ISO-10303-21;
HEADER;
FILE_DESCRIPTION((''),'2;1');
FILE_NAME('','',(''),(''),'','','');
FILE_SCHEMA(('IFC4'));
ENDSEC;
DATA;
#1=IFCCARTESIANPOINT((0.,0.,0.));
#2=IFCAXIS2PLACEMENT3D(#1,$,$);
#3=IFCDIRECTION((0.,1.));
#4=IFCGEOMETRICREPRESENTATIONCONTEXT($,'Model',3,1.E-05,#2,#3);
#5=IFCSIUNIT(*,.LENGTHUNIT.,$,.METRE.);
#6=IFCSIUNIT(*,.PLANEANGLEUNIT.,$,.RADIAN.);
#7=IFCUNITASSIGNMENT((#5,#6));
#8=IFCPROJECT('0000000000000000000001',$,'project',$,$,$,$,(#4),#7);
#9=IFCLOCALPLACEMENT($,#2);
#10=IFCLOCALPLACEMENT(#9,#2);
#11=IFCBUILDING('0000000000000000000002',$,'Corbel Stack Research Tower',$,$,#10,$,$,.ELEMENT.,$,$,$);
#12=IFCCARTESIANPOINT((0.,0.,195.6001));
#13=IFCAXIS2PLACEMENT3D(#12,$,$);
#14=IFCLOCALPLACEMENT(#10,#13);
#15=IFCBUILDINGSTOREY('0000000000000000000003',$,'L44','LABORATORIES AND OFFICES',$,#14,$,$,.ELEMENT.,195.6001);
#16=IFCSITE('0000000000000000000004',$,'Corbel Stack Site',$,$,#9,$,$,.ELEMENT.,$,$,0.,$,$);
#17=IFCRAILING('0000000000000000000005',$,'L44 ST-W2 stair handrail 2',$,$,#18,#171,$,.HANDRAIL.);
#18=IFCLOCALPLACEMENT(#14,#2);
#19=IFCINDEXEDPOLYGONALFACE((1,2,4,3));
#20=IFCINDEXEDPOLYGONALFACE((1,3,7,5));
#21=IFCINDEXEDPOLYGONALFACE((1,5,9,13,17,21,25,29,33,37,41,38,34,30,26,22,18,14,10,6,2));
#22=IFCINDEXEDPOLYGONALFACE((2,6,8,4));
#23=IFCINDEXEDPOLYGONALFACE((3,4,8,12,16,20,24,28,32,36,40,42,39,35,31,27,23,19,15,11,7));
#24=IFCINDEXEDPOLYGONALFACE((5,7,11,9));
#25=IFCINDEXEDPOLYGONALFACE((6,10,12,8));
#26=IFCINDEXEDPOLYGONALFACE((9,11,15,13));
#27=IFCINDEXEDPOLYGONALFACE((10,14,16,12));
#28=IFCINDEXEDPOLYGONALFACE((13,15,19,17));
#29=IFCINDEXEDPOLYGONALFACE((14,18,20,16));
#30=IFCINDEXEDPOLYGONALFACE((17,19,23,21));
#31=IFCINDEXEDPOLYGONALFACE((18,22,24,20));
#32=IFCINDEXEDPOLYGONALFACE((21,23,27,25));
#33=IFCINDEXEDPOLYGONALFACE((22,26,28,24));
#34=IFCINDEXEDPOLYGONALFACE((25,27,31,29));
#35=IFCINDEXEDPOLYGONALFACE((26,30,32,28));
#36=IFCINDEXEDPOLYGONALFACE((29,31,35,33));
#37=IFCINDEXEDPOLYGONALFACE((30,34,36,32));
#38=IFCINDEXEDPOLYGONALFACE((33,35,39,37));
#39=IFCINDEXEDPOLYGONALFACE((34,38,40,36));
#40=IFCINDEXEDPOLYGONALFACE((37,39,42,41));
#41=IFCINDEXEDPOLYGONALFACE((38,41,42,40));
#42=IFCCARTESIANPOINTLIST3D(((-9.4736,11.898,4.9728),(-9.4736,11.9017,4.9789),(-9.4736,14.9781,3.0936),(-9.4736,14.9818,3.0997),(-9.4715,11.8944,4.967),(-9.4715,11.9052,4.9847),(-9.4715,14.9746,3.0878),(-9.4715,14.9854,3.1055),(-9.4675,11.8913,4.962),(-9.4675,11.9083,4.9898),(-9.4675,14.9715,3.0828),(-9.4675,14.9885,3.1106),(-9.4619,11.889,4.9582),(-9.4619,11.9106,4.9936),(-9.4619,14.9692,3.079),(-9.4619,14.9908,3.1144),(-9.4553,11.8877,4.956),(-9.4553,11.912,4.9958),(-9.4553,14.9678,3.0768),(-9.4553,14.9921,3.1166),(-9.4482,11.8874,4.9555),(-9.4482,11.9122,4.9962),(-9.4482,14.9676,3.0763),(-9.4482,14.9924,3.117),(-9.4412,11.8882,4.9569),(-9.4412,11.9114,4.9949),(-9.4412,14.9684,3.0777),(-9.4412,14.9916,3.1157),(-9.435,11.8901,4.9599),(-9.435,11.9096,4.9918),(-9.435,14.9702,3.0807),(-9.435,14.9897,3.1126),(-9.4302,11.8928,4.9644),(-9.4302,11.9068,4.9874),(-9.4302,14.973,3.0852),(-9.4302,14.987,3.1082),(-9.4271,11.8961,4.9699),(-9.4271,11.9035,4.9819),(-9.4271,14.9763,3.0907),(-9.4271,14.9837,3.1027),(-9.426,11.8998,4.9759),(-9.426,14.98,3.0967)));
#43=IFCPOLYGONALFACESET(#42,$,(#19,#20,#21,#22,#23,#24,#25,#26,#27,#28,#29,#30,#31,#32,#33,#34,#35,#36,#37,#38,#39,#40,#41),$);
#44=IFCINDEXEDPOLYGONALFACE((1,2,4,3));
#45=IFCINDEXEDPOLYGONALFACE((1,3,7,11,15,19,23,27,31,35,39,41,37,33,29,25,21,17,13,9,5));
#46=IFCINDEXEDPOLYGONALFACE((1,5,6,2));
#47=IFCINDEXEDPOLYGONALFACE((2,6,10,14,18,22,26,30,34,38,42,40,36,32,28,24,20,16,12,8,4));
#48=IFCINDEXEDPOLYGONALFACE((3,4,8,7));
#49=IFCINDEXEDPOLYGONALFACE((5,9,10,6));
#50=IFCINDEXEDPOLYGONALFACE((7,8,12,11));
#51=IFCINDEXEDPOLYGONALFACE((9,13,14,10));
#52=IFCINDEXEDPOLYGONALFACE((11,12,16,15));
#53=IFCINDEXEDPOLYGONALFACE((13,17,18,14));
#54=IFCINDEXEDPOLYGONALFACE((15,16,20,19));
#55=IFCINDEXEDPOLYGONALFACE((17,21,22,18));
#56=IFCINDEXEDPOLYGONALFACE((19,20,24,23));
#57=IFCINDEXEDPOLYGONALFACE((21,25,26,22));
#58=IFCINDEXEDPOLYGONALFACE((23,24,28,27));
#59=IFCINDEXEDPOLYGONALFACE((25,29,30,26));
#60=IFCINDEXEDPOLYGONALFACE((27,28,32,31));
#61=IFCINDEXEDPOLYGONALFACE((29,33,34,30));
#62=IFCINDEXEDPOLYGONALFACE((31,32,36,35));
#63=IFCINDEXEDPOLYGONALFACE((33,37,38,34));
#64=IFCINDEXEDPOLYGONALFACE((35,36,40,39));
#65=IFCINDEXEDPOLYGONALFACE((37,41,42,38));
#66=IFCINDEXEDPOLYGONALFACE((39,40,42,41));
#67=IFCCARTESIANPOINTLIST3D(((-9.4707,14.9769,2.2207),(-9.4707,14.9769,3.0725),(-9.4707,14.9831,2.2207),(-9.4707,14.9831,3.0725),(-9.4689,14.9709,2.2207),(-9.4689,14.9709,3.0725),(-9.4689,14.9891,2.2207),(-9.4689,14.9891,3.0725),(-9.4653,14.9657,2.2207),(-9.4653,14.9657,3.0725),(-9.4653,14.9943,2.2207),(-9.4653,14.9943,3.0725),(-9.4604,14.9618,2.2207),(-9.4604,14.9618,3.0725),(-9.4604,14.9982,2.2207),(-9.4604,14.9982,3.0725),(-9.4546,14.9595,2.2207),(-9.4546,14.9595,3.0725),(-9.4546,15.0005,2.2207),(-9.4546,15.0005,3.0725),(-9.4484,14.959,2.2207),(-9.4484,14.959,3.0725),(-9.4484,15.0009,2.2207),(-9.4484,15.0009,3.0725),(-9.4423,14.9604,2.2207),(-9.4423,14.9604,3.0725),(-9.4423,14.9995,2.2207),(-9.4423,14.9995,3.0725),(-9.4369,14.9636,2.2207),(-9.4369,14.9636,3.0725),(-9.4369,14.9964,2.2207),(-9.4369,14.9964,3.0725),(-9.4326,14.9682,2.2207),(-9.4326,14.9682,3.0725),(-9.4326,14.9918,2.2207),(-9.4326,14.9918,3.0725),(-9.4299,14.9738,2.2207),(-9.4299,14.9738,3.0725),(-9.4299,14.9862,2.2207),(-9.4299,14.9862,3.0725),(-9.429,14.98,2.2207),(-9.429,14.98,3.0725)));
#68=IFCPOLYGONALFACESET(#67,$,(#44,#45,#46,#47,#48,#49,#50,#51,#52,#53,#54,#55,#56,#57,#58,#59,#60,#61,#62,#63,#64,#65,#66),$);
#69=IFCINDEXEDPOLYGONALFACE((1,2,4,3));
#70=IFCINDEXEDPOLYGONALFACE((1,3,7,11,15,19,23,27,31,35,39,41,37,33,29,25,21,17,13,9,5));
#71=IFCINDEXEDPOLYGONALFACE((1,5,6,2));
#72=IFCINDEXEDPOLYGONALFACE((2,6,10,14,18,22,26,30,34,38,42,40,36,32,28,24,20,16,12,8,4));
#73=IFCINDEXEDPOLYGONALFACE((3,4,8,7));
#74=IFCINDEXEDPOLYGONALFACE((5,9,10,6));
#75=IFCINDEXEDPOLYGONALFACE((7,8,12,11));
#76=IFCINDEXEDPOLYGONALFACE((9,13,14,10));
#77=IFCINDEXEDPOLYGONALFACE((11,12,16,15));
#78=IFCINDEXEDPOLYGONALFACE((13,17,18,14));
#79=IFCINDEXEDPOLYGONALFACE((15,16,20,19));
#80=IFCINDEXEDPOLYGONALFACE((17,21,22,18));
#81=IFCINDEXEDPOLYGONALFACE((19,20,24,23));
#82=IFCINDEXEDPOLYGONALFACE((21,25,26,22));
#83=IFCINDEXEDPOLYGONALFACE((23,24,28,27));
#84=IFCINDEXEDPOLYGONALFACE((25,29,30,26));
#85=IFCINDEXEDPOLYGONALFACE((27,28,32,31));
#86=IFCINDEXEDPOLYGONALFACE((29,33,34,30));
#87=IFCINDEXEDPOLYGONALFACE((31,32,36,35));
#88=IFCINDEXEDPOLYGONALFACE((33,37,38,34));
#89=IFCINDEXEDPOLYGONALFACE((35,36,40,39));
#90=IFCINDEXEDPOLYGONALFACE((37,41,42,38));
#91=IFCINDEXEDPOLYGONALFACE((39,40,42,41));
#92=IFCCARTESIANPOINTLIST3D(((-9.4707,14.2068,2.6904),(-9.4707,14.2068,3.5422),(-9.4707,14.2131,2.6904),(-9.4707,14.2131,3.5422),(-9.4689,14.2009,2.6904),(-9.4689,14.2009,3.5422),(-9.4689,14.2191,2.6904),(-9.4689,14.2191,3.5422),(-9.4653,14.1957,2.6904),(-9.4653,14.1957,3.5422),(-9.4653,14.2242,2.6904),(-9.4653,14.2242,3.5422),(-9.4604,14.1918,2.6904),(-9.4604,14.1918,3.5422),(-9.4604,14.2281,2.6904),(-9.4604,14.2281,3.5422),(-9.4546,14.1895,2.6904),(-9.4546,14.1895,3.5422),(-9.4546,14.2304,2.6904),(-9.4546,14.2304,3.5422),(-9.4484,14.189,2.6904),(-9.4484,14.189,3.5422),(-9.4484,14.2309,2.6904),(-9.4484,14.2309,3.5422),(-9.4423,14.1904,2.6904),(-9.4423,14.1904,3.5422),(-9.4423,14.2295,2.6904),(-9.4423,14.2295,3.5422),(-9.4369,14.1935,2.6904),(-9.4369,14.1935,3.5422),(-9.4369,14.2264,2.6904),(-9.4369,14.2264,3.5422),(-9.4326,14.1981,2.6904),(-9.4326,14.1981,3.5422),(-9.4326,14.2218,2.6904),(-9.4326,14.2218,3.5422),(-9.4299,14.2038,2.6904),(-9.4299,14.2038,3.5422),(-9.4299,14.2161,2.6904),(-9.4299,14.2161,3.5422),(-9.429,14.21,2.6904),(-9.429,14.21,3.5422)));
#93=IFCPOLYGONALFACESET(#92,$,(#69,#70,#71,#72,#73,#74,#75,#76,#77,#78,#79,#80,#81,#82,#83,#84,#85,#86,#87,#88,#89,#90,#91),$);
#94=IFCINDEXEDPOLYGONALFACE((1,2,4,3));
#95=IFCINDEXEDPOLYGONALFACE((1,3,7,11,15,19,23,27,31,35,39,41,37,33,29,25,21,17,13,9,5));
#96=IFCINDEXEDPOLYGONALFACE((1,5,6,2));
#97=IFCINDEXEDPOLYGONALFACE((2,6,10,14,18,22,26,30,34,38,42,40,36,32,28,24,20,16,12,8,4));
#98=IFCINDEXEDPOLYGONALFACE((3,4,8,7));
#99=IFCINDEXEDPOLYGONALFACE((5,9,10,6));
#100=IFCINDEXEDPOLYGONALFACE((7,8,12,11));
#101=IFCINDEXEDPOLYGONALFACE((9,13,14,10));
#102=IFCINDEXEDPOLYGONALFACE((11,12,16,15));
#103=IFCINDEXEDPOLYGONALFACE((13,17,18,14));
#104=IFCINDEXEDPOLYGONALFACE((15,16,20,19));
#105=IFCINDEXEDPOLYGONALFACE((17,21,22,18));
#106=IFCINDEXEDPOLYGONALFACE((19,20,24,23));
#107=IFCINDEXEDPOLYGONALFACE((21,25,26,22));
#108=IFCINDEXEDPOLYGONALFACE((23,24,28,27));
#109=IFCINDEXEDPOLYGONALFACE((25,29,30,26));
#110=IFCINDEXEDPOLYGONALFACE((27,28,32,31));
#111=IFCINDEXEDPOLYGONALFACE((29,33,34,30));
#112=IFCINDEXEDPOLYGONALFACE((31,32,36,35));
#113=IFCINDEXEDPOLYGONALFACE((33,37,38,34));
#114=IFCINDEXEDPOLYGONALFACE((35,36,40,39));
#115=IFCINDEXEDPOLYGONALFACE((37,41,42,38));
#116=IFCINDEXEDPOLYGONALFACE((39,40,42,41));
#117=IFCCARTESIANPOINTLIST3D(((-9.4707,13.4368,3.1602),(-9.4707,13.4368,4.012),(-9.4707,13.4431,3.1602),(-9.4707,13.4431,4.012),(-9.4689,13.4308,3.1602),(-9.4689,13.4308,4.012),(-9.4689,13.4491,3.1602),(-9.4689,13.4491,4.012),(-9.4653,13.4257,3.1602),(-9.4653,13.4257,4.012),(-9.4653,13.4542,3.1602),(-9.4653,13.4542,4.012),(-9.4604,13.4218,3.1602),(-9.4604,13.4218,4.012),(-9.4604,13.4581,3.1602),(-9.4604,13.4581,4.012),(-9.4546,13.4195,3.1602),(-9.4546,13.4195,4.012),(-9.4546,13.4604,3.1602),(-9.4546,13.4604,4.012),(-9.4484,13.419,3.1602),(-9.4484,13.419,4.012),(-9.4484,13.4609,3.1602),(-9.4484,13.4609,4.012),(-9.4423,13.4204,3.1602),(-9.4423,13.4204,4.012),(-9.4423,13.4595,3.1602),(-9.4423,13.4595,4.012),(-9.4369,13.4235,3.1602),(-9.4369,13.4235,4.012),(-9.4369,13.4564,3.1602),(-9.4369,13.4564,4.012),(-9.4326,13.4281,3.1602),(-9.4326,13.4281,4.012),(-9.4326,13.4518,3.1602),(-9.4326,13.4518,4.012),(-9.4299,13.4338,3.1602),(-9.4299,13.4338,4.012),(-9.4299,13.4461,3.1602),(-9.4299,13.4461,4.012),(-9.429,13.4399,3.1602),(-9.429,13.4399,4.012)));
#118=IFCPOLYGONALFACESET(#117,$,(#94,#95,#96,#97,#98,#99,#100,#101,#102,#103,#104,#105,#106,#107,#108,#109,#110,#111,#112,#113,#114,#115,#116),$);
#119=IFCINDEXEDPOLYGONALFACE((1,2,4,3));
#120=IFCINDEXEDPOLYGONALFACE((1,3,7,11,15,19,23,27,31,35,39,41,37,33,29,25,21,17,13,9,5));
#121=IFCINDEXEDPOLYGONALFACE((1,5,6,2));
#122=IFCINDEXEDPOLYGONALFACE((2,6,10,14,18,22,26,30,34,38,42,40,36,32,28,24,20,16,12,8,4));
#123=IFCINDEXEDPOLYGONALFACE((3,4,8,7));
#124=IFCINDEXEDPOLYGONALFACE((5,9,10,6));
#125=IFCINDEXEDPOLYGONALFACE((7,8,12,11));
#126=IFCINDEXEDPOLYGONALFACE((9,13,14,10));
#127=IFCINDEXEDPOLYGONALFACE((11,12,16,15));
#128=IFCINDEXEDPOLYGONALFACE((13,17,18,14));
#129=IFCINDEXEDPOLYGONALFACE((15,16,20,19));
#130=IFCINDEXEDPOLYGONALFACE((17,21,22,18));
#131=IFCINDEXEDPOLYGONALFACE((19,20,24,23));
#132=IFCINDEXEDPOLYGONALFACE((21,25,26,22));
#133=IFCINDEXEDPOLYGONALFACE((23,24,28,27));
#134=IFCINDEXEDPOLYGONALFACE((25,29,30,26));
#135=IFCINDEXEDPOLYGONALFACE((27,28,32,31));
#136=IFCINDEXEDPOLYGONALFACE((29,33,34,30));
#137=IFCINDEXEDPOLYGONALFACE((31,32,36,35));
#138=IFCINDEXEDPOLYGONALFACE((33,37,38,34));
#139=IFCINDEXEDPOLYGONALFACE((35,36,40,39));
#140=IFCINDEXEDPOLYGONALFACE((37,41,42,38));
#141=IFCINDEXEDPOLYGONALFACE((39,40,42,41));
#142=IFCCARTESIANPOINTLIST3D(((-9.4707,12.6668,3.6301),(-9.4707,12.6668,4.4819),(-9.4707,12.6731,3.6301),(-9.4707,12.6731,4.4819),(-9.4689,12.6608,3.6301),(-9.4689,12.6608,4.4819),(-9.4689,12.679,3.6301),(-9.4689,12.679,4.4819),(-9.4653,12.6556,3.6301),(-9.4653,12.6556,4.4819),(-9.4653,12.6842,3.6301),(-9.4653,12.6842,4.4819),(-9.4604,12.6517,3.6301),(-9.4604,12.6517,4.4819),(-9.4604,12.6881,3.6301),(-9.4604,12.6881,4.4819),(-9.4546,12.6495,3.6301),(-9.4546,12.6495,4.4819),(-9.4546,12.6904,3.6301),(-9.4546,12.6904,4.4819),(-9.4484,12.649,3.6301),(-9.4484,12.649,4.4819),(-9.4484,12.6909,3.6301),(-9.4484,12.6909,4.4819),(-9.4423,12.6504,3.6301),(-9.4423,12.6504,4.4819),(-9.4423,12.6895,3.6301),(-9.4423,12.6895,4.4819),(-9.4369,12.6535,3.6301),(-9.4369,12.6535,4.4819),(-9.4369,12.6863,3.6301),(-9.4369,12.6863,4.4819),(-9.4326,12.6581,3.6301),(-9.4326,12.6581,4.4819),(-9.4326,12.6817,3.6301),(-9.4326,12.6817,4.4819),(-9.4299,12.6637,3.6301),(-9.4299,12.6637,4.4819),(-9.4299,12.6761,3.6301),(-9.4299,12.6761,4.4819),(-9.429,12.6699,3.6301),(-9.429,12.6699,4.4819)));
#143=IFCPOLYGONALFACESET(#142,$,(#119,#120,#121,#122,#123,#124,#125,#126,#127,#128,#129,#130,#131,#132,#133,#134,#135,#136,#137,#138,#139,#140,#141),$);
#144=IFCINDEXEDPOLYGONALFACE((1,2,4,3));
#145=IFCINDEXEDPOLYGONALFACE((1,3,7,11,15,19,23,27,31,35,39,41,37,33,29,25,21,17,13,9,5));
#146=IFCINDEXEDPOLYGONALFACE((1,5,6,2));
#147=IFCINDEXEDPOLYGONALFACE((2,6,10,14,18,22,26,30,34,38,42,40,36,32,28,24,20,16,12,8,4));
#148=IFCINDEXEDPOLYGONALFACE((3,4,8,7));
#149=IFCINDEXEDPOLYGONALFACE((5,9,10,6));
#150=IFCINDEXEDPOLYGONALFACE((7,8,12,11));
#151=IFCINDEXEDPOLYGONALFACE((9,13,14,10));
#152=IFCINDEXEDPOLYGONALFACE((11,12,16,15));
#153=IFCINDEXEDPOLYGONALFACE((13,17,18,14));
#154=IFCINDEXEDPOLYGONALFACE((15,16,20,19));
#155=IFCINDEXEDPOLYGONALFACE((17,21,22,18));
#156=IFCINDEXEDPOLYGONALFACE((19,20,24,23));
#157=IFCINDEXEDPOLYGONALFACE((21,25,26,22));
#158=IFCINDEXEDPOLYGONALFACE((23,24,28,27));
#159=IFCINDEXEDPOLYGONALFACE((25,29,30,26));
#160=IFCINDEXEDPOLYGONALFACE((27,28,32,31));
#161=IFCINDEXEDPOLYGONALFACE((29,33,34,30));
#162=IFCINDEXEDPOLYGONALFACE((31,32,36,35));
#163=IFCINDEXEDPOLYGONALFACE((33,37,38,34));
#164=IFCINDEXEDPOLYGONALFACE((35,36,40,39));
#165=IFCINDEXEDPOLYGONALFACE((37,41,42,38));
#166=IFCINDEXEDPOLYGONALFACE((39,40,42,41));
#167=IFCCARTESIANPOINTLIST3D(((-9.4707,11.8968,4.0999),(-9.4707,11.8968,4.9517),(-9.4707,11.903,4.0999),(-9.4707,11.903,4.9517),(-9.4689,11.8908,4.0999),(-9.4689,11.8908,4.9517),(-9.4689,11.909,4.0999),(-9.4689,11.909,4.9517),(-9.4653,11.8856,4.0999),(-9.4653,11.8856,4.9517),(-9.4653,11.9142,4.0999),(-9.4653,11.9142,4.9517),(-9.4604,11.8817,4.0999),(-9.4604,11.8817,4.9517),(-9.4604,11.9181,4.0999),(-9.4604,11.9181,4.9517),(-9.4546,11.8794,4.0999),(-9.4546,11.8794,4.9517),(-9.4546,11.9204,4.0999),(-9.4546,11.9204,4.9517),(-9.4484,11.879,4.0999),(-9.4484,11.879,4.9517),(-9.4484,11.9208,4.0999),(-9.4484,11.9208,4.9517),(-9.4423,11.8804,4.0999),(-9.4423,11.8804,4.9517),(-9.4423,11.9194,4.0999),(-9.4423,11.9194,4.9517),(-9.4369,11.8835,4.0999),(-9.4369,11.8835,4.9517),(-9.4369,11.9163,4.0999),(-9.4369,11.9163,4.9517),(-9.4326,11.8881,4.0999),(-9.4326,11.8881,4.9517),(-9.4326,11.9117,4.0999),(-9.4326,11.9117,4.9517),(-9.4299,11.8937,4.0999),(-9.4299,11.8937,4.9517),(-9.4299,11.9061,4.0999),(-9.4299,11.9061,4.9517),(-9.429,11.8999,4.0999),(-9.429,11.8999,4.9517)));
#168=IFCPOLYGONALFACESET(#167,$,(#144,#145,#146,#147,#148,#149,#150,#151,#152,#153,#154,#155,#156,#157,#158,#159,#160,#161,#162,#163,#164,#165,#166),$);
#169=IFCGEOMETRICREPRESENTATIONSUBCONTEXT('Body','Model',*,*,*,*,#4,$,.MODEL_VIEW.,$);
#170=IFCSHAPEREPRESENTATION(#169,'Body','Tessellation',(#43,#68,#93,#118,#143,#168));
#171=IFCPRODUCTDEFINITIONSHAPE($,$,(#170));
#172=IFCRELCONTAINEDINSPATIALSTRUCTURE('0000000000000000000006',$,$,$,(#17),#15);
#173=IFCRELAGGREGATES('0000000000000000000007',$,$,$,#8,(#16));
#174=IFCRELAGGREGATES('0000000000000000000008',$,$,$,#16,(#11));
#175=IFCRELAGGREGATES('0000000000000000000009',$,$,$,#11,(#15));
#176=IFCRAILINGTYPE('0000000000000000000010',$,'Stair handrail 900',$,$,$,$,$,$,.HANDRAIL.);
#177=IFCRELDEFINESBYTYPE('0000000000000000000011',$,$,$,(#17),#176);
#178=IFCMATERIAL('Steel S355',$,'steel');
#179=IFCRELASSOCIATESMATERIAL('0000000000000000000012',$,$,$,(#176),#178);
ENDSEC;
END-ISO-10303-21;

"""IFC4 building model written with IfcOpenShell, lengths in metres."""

from ifc_helpers import new_model, si_unit, direction, frame, origin, origin_2d, place, context, subcontext, project, spatial, circle, extrude, material, type_object, element, save


model = new_model("IFC4")

# Units and contexts
model_context = context("Model", 3, precision=1e-05, world=origin(), true_north=direction((0.0, 1.0)))
body_context = subcontext(model_context, "Body", "Model", "MODEL_VIEW")
ifc_project = project(units=[si_unit("LENGTHUNIT", "METRE"), si_unit("PLANEANGLEUNIT", "RADIAN")], contexts=[model_context])

# Site, building, storey
site_placement = place(None, origin())
site = spatial("IfcSite", under=ifc_project, at=site_placement, Name="Corbel Stack Site", CompositionType="ELEMENT", RefElevation=0.0)
building_placement = place(site_placement, origin())
building = spatial("IfcBuilding", under=site, at=building_placement, Name="Corbel Stack Research Tower", CompositionType="ELEMENT")
storey_placement = place(building_placement, frame((0.0, 0.0, 195.6001)))
storey = spatial("IfcBuildingStorey", under=building, at=storey_placement, Name="L44", Description="LABORATORIES AND OFFICES", CompositionType="ELEMENT", Elevation=195.6001)

# Railing
ifc_material_1 = material(Name="Steel S355", Category="steel")
railing_type_1 = type_object("IfcRailingType", Name="Stair handrail 900", PredefinedType="HANDRAIL", material=ifc_material_1)
railing_1_placement = place(storey_placement, frame((-9.45, 14.98, 2.2207)))
element("IfcRailing", 1, at=railing_1_placement, inside=storey, type_object=railing_type_1, Name="L44 ST-W2 stair handrail 2", PredefinedType="HANDRAIL", context=body_context, shape_type="SweptSolid", body=[
    extrude(circle(Radius=0.0239, at=origin_2d()), frame((0.0, 0.0, 0.876), z_axis=(0.0, -0.853666, 0.52082), x_axis=(1.0, 0.0, 0.0)), (0.0, 0.0, 1.0), 3.6082),
    extrude(circle(Radius=0.021, at=origin_2d()), origin(), (0.0, 0.0, 1.0), 0.8518),
    extrude(circle(Radius=0.021, at=origin_2d()), frame((0.0, -0.77, 0.4697)), (0.0, 0.0, 1.0), 0.8518),
    extrude(circle(Radius=0.021, at=origin_2d()), frame((0.0, -1.54, 0.9395)), (0.0, 0.0, 1.0), 0.8518),
    extrude(circle(Radius=0.021, at=origin_2d()), frame((0.0, -2.3101, 1.4094)), (0.0, 0.0, 1.0), 0.8518),
    extrude(circle(Radius=0.021, at=origin_2d()), frame((0.0, -3.0801, 1.8792)), (0.0, 0.0, 1.0), 0.8518),
])

save(model, "model.ifc")
